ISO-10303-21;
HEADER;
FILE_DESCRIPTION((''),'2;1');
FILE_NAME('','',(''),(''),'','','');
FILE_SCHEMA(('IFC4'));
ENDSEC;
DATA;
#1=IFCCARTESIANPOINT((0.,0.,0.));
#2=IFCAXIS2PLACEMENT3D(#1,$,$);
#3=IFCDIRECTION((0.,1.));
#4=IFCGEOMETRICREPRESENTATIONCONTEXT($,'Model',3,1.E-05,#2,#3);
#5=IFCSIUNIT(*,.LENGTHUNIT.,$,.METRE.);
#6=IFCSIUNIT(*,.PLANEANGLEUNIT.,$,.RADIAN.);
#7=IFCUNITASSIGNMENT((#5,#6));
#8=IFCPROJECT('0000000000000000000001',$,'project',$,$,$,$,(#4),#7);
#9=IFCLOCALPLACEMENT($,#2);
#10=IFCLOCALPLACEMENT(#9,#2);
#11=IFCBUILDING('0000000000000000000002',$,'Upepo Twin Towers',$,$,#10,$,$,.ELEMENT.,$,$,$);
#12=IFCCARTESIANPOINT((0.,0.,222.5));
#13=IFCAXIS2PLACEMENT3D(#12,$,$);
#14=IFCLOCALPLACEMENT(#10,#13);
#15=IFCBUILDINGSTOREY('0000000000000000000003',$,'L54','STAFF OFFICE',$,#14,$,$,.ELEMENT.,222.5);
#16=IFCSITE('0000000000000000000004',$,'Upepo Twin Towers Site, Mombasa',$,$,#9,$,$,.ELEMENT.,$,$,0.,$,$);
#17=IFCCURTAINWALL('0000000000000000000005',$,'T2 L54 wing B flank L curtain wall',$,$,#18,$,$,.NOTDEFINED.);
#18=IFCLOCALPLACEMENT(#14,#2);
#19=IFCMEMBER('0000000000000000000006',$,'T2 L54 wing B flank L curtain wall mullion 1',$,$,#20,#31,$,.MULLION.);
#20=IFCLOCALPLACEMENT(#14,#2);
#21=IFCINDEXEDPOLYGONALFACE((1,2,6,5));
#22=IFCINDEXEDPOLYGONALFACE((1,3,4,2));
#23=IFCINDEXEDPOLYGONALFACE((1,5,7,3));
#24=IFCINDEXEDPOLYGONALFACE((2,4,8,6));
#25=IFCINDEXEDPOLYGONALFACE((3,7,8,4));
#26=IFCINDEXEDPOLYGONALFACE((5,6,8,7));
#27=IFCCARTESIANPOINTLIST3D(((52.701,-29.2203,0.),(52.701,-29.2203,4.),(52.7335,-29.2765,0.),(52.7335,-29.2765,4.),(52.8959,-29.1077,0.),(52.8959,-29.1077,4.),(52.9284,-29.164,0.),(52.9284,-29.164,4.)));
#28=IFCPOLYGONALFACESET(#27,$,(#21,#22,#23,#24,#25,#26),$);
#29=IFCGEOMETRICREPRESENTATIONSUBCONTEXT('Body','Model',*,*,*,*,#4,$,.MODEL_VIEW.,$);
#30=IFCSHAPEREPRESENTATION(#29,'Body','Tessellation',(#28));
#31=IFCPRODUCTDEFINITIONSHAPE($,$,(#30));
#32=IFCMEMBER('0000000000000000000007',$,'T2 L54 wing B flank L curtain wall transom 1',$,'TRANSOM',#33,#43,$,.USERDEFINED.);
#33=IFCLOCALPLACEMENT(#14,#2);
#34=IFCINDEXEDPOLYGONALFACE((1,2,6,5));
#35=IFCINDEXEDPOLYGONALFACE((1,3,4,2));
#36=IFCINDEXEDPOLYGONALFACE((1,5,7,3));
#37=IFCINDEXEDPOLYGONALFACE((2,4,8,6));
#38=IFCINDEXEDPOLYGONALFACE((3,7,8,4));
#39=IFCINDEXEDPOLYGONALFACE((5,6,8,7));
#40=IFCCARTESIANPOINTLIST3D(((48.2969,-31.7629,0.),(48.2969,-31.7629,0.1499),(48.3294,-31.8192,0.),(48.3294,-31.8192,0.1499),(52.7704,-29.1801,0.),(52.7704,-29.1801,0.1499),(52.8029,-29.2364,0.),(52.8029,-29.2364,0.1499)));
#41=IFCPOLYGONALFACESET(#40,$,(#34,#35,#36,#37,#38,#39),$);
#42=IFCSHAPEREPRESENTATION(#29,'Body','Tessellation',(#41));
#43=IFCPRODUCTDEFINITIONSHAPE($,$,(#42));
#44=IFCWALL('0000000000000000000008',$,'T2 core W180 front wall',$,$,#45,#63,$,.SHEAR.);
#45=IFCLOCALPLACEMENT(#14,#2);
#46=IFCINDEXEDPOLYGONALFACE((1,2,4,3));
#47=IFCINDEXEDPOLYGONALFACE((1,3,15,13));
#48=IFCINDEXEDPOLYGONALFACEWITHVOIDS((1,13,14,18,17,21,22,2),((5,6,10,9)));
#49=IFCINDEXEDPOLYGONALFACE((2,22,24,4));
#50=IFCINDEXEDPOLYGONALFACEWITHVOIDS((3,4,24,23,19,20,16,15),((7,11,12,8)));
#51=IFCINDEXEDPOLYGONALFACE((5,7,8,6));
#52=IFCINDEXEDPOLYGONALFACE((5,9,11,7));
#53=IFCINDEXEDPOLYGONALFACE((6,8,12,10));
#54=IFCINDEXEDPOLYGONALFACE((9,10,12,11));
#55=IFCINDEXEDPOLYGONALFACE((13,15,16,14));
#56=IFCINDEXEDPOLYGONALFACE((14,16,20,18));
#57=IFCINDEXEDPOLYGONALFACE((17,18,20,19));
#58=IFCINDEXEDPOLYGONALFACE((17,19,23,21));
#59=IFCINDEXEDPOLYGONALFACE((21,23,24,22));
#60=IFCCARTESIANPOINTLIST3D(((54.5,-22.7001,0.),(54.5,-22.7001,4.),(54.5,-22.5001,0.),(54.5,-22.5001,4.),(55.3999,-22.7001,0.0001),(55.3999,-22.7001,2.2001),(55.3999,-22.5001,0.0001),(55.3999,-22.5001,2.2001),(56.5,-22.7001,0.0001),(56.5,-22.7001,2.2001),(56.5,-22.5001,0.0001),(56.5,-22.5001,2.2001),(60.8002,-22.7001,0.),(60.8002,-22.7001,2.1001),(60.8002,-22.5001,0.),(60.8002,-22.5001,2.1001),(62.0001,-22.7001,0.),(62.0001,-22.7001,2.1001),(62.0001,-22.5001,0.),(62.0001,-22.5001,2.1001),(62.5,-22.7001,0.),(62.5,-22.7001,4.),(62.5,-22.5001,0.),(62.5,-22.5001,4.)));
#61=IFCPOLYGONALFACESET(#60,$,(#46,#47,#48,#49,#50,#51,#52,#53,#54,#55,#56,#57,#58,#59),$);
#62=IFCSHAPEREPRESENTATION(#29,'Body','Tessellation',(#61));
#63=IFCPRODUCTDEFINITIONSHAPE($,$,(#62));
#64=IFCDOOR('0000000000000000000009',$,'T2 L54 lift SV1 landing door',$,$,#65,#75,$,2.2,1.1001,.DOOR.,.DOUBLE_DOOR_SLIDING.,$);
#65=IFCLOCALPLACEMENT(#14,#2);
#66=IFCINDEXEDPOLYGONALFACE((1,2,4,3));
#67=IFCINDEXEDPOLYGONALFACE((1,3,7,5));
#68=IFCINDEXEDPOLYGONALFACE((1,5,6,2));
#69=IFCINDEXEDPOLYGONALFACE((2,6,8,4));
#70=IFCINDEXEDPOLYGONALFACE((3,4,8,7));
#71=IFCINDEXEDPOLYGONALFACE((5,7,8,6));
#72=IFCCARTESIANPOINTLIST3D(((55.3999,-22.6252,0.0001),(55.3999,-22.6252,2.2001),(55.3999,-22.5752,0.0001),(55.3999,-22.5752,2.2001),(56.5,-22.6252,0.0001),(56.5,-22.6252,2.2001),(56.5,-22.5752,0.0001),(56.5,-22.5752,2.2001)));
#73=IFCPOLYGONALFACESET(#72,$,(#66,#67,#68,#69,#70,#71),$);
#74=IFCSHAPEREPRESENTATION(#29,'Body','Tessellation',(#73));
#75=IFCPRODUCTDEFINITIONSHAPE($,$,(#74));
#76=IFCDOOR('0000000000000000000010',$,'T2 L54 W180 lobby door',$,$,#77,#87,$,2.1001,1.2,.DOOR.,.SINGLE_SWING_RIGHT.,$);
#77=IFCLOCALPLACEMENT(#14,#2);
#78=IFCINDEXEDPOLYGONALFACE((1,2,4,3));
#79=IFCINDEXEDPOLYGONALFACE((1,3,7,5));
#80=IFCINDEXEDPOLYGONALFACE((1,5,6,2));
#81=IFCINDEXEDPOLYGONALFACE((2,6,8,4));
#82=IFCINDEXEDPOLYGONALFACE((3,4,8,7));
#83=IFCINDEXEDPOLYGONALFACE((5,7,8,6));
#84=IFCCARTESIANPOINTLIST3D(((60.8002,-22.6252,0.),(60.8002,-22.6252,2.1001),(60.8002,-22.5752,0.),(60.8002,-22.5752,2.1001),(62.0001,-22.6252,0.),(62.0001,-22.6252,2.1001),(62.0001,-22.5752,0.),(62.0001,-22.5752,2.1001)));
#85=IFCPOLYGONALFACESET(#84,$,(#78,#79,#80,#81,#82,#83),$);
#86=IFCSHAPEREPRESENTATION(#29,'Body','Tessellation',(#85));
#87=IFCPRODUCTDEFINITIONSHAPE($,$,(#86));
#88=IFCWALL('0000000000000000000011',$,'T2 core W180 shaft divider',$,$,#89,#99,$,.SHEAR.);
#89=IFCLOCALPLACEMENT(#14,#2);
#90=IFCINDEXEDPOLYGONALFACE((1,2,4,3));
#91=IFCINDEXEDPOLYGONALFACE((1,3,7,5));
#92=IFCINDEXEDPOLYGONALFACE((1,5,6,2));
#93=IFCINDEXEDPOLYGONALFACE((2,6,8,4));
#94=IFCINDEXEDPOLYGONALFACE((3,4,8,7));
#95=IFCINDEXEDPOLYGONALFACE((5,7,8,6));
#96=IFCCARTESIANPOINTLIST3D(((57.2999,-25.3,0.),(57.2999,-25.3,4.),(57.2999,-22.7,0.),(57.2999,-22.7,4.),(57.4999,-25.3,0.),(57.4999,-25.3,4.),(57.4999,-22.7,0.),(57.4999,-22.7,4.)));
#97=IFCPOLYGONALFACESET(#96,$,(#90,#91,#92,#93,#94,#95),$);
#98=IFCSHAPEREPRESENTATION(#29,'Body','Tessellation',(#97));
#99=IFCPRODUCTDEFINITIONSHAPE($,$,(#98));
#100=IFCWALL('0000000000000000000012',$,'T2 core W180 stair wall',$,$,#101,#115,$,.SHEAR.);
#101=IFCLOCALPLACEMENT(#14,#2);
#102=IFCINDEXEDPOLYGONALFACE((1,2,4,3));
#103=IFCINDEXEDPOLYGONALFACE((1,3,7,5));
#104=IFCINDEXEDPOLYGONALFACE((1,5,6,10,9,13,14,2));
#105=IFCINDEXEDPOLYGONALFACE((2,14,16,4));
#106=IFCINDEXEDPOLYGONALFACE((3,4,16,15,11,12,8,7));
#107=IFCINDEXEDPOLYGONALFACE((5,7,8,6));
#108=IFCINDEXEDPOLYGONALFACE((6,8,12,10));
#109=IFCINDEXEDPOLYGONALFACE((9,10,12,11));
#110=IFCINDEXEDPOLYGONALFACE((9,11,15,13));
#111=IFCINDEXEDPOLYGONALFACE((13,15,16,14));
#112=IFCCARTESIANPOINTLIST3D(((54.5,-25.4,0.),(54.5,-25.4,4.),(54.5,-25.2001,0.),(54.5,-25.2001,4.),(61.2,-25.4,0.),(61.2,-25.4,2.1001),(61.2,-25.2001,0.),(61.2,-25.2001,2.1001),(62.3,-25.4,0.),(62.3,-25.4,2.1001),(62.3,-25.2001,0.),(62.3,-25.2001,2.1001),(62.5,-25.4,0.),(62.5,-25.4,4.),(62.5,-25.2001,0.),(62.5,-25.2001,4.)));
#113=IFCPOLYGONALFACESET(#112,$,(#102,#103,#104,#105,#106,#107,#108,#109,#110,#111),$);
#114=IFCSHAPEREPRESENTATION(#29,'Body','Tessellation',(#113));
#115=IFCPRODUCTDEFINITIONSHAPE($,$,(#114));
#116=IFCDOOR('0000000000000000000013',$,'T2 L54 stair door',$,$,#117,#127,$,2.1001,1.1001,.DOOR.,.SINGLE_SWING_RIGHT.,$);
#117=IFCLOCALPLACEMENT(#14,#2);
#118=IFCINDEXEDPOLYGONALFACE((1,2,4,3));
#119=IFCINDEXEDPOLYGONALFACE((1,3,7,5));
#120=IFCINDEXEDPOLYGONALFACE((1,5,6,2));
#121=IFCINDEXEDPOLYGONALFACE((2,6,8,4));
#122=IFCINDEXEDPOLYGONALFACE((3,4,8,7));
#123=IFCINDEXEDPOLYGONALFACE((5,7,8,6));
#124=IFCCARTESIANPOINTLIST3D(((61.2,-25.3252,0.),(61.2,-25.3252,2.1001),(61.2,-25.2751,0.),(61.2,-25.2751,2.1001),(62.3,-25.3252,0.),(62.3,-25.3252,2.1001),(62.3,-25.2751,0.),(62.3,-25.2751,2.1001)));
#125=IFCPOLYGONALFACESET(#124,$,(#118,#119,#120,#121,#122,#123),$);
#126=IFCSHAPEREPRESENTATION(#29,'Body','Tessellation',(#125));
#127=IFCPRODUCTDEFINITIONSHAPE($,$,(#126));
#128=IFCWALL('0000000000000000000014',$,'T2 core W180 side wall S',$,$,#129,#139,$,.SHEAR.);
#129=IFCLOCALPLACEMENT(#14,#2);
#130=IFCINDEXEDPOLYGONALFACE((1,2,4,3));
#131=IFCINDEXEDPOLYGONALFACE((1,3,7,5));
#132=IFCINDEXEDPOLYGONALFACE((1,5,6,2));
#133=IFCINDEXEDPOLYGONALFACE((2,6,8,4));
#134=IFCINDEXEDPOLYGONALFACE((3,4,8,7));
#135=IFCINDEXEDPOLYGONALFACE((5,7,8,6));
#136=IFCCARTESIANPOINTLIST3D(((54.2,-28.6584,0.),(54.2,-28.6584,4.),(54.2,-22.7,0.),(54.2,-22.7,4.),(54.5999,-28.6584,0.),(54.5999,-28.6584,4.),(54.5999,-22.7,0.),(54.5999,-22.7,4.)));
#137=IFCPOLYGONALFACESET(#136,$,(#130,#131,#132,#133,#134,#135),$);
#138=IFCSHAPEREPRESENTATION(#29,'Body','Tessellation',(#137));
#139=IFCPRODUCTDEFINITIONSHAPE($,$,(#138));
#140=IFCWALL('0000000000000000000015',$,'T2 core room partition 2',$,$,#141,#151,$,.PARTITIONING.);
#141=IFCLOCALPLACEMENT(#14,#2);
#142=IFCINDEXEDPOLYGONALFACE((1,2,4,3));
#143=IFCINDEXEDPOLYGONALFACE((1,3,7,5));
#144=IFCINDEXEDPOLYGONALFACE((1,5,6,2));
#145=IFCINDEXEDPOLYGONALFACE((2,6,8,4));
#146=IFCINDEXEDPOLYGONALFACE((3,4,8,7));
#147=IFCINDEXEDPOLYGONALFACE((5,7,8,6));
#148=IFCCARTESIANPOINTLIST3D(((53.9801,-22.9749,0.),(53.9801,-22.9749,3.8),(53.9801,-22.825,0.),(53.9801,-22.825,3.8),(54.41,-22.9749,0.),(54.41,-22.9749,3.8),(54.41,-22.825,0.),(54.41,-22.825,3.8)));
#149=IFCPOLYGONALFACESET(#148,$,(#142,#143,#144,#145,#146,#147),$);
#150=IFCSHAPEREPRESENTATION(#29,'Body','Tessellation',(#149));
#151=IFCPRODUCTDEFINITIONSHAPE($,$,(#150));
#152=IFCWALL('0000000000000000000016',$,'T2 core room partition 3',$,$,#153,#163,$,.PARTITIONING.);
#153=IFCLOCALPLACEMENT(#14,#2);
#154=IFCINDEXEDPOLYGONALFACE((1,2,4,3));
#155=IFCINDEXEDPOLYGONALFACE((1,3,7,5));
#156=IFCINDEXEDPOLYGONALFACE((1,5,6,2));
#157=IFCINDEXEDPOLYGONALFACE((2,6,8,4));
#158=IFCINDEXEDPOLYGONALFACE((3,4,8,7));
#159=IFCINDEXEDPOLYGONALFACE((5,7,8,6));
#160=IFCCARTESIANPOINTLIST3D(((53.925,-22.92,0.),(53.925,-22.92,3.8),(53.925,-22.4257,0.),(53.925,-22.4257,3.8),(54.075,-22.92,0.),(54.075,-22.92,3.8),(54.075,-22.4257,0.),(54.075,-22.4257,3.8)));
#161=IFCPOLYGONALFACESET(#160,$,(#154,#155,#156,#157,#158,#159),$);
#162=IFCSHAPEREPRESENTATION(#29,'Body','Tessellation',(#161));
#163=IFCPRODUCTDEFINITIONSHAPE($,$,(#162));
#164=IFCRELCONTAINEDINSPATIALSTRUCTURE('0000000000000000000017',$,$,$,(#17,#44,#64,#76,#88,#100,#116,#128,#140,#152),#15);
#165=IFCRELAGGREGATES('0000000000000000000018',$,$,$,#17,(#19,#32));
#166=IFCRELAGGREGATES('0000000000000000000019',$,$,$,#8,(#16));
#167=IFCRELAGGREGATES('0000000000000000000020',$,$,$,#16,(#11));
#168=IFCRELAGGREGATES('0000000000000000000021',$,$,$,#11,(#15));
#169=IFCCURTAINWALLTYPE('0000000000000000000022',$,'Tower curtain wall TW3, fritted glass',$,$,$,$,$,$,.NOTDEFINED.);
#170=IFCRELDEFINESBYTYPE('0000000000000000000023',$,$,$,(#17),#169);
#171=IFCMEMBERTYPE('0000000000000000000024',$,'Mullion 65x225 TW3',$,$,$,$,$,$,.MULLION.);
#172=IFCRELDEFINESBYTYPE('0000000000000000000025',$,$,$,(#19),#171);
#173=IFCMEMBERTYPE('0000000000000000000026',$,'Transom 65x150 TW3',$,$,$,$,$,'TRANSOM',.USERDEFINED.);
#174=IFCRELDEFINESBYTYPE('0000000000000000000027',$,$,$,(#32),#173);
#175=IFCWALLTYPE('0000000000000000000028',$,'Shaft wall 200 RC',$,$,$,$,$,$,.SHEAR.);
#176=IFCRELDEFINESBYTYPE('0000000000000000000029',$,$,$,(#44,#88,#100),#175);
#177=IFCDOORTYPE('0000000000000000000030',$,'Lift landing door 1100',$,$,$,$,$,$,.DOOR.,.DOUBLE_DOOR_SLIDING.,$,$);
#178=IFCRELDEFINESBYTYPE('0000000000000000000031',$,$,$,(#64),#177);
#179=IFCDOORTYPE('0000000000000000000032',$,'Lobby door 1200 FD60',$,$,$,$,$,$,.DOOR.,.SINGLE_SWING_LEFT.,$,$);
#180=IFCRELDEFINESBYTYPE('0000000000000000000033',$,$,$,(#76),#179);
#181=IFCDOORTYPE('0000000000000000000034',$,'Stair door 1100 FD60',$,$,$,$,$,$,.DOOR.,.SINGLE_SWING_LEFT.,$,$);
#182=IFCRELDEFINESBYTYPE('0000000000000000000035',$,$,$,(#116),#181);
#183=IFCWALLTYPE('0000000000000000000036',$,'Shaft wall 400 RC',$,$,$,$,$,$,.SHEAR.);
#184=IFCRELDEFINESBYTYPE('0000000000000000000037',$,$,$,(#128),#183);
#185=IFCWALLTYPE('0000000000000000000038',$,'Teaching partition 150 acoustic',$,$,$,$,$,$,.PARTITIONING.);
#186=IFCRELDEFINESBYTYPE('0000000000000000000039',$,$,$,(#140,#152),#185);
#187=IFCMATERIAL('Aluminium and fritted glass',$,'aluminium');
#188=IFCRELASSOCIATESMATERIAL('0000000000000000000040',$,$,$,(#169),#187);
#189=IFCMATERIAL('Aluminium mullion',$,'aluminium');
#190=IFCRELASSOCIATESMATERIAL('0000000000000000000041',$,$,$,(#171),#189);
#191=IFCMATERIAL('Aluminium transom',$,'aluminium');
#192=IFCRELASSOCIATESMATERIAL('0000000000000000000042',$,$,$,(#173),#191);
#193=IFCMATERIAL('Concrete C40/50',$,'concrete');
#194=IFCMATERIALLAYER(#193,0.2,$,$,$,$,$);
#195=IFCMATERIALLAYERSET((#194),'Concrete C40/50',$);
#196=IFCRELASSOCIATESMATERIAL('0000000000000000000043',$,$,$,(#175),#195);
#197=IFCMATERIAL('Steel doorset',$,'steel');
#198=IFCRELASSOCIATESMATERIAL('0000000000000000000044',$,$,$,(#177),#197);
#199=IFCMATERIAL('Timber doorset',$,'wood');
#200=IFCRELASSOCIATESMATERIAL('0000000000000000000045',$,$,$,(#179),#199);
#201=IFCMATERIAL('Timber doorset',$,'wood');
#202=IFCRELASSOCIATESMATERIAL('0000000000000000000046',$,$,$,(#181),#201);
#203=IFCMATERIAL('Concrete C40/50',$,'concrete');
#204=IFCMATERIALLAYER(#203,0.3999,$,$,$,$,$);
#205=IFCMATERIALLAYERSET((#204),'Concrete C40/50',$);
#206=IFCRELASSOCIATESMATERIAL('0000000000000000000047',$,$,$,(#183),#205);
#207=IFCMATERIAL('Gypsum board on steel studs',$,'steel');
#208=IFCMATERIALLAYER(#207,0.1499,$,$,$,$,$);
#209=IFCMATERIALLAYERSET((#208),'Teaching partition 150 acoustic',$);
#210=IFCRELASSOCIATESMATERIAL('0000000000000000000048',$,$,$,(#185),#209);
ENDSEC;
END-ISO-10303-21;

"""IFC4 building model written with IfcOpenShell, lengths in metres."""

from ifc_helpers import new_model, si_unit, direction, frame, frame_2d, origin, origin_2d, place, context, subcontext, project, spatial, rectangle, extrude, material, layer, layer_set, material_profile, profile_set, type_object, element, fill, aggregate, save


model = new_model("IFC4")

# Units and contexts
model_context = context("Model", 3, precision=1e-05, world=origin(), true_north=direction((0.0, 1.0)))
body_context = subcontext(model_context, "Body", "Model", "MODEL_VIEW")
ifc_project = project(units=[si_unit("LENGTHUNIT", "METRE"), si_unit("PLANEANGLEUNIT", "RADIAN")], contexts=[model_context])

# Site, building, storey
site_placement = place(None, origin())
site = spatial("IfcSite", under=ifc_project, at=site_placement, Name="Upepo Twin Towers Site, Mombasa", CompositionType="ELEMENT", RefElevation=0.0)
building_placement = place(site_placement, origin())
building = spatial("IfcBuilding", under=site, at=building_placement, Name="Upepo Twin Towers", CompositionType="ELEMENT")
storey_placement = place(building_placement, frame((0.0, 0.0, 222.5)))
storey = spatial("IfcBuildingStorey", under=building, at=storey_placement, Name="L54", Description="STAFF OFFICE", CompositionType="ELEMENT", Elevation=222.5)

# Curtain wall, members
ifc_material_1 = material(Name="Aluminium and fritted glass", Category="aluminium")
curtain_wall_type = type_object("IfcCurtainWallType", Name="Tower curtain wall TW3, fritted glass", PredefinedType="NOTDEFINED", material=ifc_material_1)
curtain_wall_placement = place(storey_placement, origin())
curtain_wall = element("IfcCurtainWall", 1, at=curtain_wall_placement, inside=storey, type_object=curtain_wall_type, Name="T2 L54 wing B flank L curtain wall", PredefinedType="NOTDEFINED")
ifc_material_2 = material(Name="Aluminium mullion", Category="aluminium")
ifc_material_profile_1 = material_profile(ifc_material_2, rectangle(XDim=0.0649, YDim=0.2251, at=origin_2d()), Name="MULLION 65x225")
ifc_profile_set_1 = profile_set([ifc_material_profile_1], Name="Aluminium mullion")
member_type_1 = type_object("IfcMemberType", Name="Mullion 65x225 TW3", PredefinedType="MULLION", material=ifc_profile_set_1)
member_1_placement = place(storey_placement, frame((52.8147, -29.1921, 0.0), z_axis=(0.0, 0.0, 1.0), x_axis=(0.5, -0.866025, 0.0)))
member_1 = element("IfcMember", 2, at=member_1_placement, type_object=member_type_1, Name="T2 L54 wing B flank L curtain wall mullion 1", PredefinedType="MULLION", context=body_context, shape_type="SweptSolid", body=[
    extrude(rectangle(XDim=0.0649, YDim=0.2251, at=origin_2d()), origin(), (0.0, 0.0, 1.0), 4.0),
])
ifc_material_3 = material(Name="Aluminium transom", Category="aluminium")
ifc_material_profile_2 = material_profile(ifc_material_3, rectangle(XDim=0.0649, YDim=0.1499, at=origin_2d()), Name="TRANSOM 65x150")
ifc_profile_set_2 = profile_set([ifc_material_profile_2], Name="Aluminium transom")
member_type_2 = type_object("IfcMemberType", Name="Transom 65x150 TW3", ElementType="TRANSOM", PredefinedType="USERDEFINED", material=ifc_profile_set_2)
member_2_placement = place(storey_placement, frame((52.7866, -29.2083, 0.075), z_axis=(-0.866021, -0.500007, 0.0), x_axis=(0.500007, -0.866021, 0.0)))
member_2 = element("IfcMember", 3, at=member_2_placement, type_object=member_type_2, Name="T2 L54 wing B flank L curtain wall transom 1", ObjectType="TRANSOM", PredefinedType="USERDEFINED", context=body_context, shape_type="SweptSolid", body=[
    extrude(rectangle(XDim=0.0649, YDim=0.1499, at=origin_2d()), origin(), (0.0, 0.0, 1.0), 5.1655),
])
aggregate(curtain_wall, [member_1, member_2])

# Wall, openings, doors
ifc_material_4 = material(Name="Concrete C40/50", Category="concrete")
ifc_layer_1 = layer(ifc_material_4, 0.2)
ifc_layer_set_1 = layer_set([ifc_layer_1], Name="Concrete C40/50")
wall_type_1 = type_object("IfcWallType", Name="Shaft wall 200 RC", PredefinedType="SHEAR", material=ifc_layer_set_1)
wall_1_placement = place(storey_placement, frame((54.5, -22.6001, 0.0), z_axis=(0.0, 0.0, 1.0), x_axis=(1.0, 0.0, 0.0)))
wall_1 = element("IfcWall", 4, at=wall_1_placement, inside=storey, type_object=wall_type_1, Name="T2 core W180 front wall", PredefinedType="SHEAR", context=body_context, shape_type="SweptSolid", body=[
    extrude(rectangle(XDim=8.0, YDim=0.2, at=frame_2d((4.0, 0.0))), origin(), (0.0, 0.0, 1.0), 4.0),
])
opening_1_placement = place(wall_1_placement, frame((6.3, 0.0, 0.0)))
opening_1 = element("IfcOpeningElement", 5, at=opening_1_placement, cuts=wall_1, PredefinedType="OPENING", context=body_context, shape_type="SweptSolid", body=[
    extrude(rectangle(XDim=1.2, YDim=2.1001, at=frame_2d((0.6001, 1.05))), frame((0.0, 0.1099, 0.0), z_axis=(0.0, -1.0, 0.0), x_axis=(1.0, 0.0, 0.0)), (0.0, 0.0, 1.0), 0.22),
])
opening_2_placement = place(wall_1_placement, frame((0.8999, 0.0, 0.0)))
opening_2 = element("IfcOpeningElement", 6, at=opening_2_placement, cuts=wall_1, PredefinedType="OPENING", context=body_context, shape_type="SweptSolid", body=[
    extrude(rectangle(XDim=1.1001, YDim=2.2, at=frame_2d((0.55, 1.1001))), frame((0.0, 0.1099, 0.0), z_axis=(0.0, -1.0, 0.0), x_axis=(1.0, 0.0, 0.0)), (0.0, 0.0, 1.0), 0.22),
])
ifc_material_5 = material(Name="Steel doorset", Category="steel")
door_type_1 = type_object("IfcDoorType", Name="Lift landing door 1100", OperationType="DOUBLE_DOOR_SLIDING", PredefinedType="DOOR", material=ifc_material_5)
door_1_placement = place(opening_2_placement, origin())
door_1 = element("IfcDoor", 7, at=door_1_placement, inside=storey, type_object=door_type_1, Name="T2 L54 lift SV1 landing door", OperationType="DOUBLE_DOOR_SLIDING", OverallHeight=2.2, OverallWidth=1.1001, PredefinedType="DOOR", context=body_context, shape_type="SweptSolid", body=[
    extrude(rectangle(XDim=1.1001, YDim=2.2, at=frame_2d((0.55, 1.1001))), frame((0.0, 0.0249, 0.0), z_axis=(0.0, -1.0, 0.0), x_axis=(1.0, 0.0, 0.0)), (0.0, 0.0, 1.0), 0.05),
])
fill(opening_2, door_1)
ifc_material_6 = material(Name="Timber doorset", Category="wood")
door_type_2 = type_object("IfcDoorType", Name="Lobby door 1200 FD60", OperationType="SINGLE_SWING_LEFT", PredefinedType="DOOR", material=ifc_material_6)
door_2_placement = place(opening_1_placement, origin())
door_2 = element("IfcDoor", 8, at=door_2_placement, inside=storey, type_object=door_type_2, Name="T2 L54 W180 lobby door", OperationType="SINGLE_SWING_RIGHT", OverallHeight=2.1001, OverallWidth=1.2, PredefinedType="DOOR", context=body_context, shape_type="SweptSolid", body=[
    extrude(rectangle(XDim=1.2, YDim=2.1001, at=frame_2d((0.6001, 1.05))), frame((0.0, 0.0249, 0.0), z_axis=(0.0, -1.0, 0.0), x_axis=(1.0, 0.0, 0.0)), (0.0, 0.0, 1.0), 0.05),
])
fill(opening_1, door_2)

# Wall
wall_2_placement = place(storey_placement, frame((57.3999, -22.7, 0.0), z_axis=(0.0, 0.0, 1.0), x_axis=(0.0, -1.0, 0.0)))
element("IfcWall", 9, at=wall_2_placement, inside=storey, type_object=wall_type_1, Name="T2 core W180 shaft divider", PredefinedType="SHEAR", context=body_context, shape_type="SweptSolid", body=[
    extrude(rectangle(XDim=2.6001, YDim=0.2, at=frame_2d((1.3, 0.0))), origin(), (0.0, 0.0, 1.0), 4.0),
])

# Wall, opening, door
wall_3_placement = place(storey_placement, frame((54.5, -25.3, 0.0), z_axis=(0.0, 0.0, 1.0), x_axis=(1.0, 0.0, 0.0)))
wall_3 = element("IfcWall", 10, at=wall_3_placement, inside=storey, type_object=wall_type_1, Name="T2 core W180 stair wall", PredefinedType="SHEAR", context=body_context, shape_type="SweptSolid", body=[
    extrude(rectangle(XDim=8.0, YDim=0.2, at=frame_2d((4.0, 0.0))), origin(), (0.0, 0.0, 1.0), 4.0),
])
opening_3_placement = place(wall_3_placement, frame((6.7, 0.0, 0.0)))
opening_3 = element("IfcOpeningElement", 11, at=opening_3_placement, cuts=wall_3, PredefinedType="OPENING", context=body_context, shape_type="SweptSolid", body=[
    extrude(rectangle(XDim=1.1001, YDim=2.1001, at=frame_2d((0.55, 1.05))), frame((0.0, 0.1099, 0.0), z_axis=(0.0, -1.0, 0.0), x_axis=(1.0, 0.0, 0.0)), (0.0, 0.0, 1.0), 0.22),
])
ifc_material_7 = material(Name="Timber doorset", Category="wood")
door_type_3 = type_object("IfcDoorType", Name="Stair door 1100 FD60", OperationType="SINGLE_SWING_LEFT", PredefinedType="DOOR", material=ifc_material_7)
door_3_placement = place(opening_3_placement, origin())
door_3 = element("IfcDoor", 12, at=door_3_placement, inside=storey, type_object=door_type_3, Name="T2 L54 stair door", OperationType="SINGLE_SWING_RIGHT", OverallHeight=2.1001, OverallWidth=1.1001, PredefinedType="DOOR", context=body_context, shape_type="SweptSolid", body=[
    extrude(rectangle(XDim=1.1001, YDim=2.1001, at=frame_2d((0.55, 1.05))), frame((0.0, 0.0249, 0.0), z_axis=(0.0, -1.0, 0.0), x_axis=(1.0, 0.0, 0.0)), (0.0, 0.0, 1.0), 0.05),
])
fill(opening_3, door_3)

# Walls
ifc_material_8 = material(Name="Concrete C40/50", Category="concrete")
ifc_layer_2 = layer(ifc_material_8, 0.3999)
ifc_layer_set_2 = layer_set([ifc_layer_2], Name="Concrete C40/50")
wall_type_2 = type_object("IfcWallType", Name="Shaft wall 400 RC", PredefinedType="SHEAR", material=ifc_layer_set_2)
wall_4_placement = place(storey_placement, frame((54.3999, -22.7, 0.0), z_axis=(0.0, 0.0, 1.0), x_axis=(0.0, -1.0, 0.0)))
element("IfcWall", 13, at=wall_4_placement, inside=storey, type_object=wall_type_2, Name="T2 core W180 side wall S", PredefinedType="SHEAR", context=body_context, shape_type="SweptSolid", body=[
    extrude(rectangle(XDim=5.9585, YDim=0.3999, at=frame_2d((2.9792, 0.0))), origin(), (0.0, 0.0, 1.0), 4.0),
])
ifc_material_9 = material(Name="Gypsum board on steel studs", Category="steel")
ifc_layer_3 = layer(ifc_material_9, 0.1499)
ifc_layer_set_3 = layer_set([ifc_layer_3], Name="Teaching partition 150 acoustic")
wall_type_3 = type_object("IfcWallType", Name="Teaching partition 150 acoustic", PredefinedType="PARTITIONING", material=ifc_layer_set_3)
wall_5_placement = place(storey_placement, frame((54.4099, -22.8999, 0.0), z_axis=(0.0, 0.0, 1.0), x_axis=(-1.0, 0.0, 0.0)))
element("IfcWall", 14, at=wall_5_placement, inside=storey, type_object=wall_type_3, Name="T2 core room partition 2", PredefinedType="PARTITIONING", context=body_context, shape_type="SweptSolid", body=[
    extrude(rectangle(XDim=0.4299, YDim=0.1499, at=frame_2d((0.2148, 0.0))), origin(), (0.0, 0.0, 1.0), 3.8),
])
wall_6_placement = place(storey_placement, frame((54.0, -22.9199, 0.0), z_axis=(0.0, 0.0, 1.0), x_axis=(0.0, 1.0, 0.0)))
element("IfcWall", 15, at=wall_6_placement, inside=storey, type_object=wall_type_3, Name="T2 core room partition 3", PredefinedType="PARTITIONING", context=body_context, shape_type="SweptSolid", body=[
    extrude(rectangle(XDim=0.4944, YDim=0.1499, at=frame_2d((0.2471, 0.0))), origin(), (0.0, 0.0, 1.0), 3.8),
])

save(model, "model.ifc")
